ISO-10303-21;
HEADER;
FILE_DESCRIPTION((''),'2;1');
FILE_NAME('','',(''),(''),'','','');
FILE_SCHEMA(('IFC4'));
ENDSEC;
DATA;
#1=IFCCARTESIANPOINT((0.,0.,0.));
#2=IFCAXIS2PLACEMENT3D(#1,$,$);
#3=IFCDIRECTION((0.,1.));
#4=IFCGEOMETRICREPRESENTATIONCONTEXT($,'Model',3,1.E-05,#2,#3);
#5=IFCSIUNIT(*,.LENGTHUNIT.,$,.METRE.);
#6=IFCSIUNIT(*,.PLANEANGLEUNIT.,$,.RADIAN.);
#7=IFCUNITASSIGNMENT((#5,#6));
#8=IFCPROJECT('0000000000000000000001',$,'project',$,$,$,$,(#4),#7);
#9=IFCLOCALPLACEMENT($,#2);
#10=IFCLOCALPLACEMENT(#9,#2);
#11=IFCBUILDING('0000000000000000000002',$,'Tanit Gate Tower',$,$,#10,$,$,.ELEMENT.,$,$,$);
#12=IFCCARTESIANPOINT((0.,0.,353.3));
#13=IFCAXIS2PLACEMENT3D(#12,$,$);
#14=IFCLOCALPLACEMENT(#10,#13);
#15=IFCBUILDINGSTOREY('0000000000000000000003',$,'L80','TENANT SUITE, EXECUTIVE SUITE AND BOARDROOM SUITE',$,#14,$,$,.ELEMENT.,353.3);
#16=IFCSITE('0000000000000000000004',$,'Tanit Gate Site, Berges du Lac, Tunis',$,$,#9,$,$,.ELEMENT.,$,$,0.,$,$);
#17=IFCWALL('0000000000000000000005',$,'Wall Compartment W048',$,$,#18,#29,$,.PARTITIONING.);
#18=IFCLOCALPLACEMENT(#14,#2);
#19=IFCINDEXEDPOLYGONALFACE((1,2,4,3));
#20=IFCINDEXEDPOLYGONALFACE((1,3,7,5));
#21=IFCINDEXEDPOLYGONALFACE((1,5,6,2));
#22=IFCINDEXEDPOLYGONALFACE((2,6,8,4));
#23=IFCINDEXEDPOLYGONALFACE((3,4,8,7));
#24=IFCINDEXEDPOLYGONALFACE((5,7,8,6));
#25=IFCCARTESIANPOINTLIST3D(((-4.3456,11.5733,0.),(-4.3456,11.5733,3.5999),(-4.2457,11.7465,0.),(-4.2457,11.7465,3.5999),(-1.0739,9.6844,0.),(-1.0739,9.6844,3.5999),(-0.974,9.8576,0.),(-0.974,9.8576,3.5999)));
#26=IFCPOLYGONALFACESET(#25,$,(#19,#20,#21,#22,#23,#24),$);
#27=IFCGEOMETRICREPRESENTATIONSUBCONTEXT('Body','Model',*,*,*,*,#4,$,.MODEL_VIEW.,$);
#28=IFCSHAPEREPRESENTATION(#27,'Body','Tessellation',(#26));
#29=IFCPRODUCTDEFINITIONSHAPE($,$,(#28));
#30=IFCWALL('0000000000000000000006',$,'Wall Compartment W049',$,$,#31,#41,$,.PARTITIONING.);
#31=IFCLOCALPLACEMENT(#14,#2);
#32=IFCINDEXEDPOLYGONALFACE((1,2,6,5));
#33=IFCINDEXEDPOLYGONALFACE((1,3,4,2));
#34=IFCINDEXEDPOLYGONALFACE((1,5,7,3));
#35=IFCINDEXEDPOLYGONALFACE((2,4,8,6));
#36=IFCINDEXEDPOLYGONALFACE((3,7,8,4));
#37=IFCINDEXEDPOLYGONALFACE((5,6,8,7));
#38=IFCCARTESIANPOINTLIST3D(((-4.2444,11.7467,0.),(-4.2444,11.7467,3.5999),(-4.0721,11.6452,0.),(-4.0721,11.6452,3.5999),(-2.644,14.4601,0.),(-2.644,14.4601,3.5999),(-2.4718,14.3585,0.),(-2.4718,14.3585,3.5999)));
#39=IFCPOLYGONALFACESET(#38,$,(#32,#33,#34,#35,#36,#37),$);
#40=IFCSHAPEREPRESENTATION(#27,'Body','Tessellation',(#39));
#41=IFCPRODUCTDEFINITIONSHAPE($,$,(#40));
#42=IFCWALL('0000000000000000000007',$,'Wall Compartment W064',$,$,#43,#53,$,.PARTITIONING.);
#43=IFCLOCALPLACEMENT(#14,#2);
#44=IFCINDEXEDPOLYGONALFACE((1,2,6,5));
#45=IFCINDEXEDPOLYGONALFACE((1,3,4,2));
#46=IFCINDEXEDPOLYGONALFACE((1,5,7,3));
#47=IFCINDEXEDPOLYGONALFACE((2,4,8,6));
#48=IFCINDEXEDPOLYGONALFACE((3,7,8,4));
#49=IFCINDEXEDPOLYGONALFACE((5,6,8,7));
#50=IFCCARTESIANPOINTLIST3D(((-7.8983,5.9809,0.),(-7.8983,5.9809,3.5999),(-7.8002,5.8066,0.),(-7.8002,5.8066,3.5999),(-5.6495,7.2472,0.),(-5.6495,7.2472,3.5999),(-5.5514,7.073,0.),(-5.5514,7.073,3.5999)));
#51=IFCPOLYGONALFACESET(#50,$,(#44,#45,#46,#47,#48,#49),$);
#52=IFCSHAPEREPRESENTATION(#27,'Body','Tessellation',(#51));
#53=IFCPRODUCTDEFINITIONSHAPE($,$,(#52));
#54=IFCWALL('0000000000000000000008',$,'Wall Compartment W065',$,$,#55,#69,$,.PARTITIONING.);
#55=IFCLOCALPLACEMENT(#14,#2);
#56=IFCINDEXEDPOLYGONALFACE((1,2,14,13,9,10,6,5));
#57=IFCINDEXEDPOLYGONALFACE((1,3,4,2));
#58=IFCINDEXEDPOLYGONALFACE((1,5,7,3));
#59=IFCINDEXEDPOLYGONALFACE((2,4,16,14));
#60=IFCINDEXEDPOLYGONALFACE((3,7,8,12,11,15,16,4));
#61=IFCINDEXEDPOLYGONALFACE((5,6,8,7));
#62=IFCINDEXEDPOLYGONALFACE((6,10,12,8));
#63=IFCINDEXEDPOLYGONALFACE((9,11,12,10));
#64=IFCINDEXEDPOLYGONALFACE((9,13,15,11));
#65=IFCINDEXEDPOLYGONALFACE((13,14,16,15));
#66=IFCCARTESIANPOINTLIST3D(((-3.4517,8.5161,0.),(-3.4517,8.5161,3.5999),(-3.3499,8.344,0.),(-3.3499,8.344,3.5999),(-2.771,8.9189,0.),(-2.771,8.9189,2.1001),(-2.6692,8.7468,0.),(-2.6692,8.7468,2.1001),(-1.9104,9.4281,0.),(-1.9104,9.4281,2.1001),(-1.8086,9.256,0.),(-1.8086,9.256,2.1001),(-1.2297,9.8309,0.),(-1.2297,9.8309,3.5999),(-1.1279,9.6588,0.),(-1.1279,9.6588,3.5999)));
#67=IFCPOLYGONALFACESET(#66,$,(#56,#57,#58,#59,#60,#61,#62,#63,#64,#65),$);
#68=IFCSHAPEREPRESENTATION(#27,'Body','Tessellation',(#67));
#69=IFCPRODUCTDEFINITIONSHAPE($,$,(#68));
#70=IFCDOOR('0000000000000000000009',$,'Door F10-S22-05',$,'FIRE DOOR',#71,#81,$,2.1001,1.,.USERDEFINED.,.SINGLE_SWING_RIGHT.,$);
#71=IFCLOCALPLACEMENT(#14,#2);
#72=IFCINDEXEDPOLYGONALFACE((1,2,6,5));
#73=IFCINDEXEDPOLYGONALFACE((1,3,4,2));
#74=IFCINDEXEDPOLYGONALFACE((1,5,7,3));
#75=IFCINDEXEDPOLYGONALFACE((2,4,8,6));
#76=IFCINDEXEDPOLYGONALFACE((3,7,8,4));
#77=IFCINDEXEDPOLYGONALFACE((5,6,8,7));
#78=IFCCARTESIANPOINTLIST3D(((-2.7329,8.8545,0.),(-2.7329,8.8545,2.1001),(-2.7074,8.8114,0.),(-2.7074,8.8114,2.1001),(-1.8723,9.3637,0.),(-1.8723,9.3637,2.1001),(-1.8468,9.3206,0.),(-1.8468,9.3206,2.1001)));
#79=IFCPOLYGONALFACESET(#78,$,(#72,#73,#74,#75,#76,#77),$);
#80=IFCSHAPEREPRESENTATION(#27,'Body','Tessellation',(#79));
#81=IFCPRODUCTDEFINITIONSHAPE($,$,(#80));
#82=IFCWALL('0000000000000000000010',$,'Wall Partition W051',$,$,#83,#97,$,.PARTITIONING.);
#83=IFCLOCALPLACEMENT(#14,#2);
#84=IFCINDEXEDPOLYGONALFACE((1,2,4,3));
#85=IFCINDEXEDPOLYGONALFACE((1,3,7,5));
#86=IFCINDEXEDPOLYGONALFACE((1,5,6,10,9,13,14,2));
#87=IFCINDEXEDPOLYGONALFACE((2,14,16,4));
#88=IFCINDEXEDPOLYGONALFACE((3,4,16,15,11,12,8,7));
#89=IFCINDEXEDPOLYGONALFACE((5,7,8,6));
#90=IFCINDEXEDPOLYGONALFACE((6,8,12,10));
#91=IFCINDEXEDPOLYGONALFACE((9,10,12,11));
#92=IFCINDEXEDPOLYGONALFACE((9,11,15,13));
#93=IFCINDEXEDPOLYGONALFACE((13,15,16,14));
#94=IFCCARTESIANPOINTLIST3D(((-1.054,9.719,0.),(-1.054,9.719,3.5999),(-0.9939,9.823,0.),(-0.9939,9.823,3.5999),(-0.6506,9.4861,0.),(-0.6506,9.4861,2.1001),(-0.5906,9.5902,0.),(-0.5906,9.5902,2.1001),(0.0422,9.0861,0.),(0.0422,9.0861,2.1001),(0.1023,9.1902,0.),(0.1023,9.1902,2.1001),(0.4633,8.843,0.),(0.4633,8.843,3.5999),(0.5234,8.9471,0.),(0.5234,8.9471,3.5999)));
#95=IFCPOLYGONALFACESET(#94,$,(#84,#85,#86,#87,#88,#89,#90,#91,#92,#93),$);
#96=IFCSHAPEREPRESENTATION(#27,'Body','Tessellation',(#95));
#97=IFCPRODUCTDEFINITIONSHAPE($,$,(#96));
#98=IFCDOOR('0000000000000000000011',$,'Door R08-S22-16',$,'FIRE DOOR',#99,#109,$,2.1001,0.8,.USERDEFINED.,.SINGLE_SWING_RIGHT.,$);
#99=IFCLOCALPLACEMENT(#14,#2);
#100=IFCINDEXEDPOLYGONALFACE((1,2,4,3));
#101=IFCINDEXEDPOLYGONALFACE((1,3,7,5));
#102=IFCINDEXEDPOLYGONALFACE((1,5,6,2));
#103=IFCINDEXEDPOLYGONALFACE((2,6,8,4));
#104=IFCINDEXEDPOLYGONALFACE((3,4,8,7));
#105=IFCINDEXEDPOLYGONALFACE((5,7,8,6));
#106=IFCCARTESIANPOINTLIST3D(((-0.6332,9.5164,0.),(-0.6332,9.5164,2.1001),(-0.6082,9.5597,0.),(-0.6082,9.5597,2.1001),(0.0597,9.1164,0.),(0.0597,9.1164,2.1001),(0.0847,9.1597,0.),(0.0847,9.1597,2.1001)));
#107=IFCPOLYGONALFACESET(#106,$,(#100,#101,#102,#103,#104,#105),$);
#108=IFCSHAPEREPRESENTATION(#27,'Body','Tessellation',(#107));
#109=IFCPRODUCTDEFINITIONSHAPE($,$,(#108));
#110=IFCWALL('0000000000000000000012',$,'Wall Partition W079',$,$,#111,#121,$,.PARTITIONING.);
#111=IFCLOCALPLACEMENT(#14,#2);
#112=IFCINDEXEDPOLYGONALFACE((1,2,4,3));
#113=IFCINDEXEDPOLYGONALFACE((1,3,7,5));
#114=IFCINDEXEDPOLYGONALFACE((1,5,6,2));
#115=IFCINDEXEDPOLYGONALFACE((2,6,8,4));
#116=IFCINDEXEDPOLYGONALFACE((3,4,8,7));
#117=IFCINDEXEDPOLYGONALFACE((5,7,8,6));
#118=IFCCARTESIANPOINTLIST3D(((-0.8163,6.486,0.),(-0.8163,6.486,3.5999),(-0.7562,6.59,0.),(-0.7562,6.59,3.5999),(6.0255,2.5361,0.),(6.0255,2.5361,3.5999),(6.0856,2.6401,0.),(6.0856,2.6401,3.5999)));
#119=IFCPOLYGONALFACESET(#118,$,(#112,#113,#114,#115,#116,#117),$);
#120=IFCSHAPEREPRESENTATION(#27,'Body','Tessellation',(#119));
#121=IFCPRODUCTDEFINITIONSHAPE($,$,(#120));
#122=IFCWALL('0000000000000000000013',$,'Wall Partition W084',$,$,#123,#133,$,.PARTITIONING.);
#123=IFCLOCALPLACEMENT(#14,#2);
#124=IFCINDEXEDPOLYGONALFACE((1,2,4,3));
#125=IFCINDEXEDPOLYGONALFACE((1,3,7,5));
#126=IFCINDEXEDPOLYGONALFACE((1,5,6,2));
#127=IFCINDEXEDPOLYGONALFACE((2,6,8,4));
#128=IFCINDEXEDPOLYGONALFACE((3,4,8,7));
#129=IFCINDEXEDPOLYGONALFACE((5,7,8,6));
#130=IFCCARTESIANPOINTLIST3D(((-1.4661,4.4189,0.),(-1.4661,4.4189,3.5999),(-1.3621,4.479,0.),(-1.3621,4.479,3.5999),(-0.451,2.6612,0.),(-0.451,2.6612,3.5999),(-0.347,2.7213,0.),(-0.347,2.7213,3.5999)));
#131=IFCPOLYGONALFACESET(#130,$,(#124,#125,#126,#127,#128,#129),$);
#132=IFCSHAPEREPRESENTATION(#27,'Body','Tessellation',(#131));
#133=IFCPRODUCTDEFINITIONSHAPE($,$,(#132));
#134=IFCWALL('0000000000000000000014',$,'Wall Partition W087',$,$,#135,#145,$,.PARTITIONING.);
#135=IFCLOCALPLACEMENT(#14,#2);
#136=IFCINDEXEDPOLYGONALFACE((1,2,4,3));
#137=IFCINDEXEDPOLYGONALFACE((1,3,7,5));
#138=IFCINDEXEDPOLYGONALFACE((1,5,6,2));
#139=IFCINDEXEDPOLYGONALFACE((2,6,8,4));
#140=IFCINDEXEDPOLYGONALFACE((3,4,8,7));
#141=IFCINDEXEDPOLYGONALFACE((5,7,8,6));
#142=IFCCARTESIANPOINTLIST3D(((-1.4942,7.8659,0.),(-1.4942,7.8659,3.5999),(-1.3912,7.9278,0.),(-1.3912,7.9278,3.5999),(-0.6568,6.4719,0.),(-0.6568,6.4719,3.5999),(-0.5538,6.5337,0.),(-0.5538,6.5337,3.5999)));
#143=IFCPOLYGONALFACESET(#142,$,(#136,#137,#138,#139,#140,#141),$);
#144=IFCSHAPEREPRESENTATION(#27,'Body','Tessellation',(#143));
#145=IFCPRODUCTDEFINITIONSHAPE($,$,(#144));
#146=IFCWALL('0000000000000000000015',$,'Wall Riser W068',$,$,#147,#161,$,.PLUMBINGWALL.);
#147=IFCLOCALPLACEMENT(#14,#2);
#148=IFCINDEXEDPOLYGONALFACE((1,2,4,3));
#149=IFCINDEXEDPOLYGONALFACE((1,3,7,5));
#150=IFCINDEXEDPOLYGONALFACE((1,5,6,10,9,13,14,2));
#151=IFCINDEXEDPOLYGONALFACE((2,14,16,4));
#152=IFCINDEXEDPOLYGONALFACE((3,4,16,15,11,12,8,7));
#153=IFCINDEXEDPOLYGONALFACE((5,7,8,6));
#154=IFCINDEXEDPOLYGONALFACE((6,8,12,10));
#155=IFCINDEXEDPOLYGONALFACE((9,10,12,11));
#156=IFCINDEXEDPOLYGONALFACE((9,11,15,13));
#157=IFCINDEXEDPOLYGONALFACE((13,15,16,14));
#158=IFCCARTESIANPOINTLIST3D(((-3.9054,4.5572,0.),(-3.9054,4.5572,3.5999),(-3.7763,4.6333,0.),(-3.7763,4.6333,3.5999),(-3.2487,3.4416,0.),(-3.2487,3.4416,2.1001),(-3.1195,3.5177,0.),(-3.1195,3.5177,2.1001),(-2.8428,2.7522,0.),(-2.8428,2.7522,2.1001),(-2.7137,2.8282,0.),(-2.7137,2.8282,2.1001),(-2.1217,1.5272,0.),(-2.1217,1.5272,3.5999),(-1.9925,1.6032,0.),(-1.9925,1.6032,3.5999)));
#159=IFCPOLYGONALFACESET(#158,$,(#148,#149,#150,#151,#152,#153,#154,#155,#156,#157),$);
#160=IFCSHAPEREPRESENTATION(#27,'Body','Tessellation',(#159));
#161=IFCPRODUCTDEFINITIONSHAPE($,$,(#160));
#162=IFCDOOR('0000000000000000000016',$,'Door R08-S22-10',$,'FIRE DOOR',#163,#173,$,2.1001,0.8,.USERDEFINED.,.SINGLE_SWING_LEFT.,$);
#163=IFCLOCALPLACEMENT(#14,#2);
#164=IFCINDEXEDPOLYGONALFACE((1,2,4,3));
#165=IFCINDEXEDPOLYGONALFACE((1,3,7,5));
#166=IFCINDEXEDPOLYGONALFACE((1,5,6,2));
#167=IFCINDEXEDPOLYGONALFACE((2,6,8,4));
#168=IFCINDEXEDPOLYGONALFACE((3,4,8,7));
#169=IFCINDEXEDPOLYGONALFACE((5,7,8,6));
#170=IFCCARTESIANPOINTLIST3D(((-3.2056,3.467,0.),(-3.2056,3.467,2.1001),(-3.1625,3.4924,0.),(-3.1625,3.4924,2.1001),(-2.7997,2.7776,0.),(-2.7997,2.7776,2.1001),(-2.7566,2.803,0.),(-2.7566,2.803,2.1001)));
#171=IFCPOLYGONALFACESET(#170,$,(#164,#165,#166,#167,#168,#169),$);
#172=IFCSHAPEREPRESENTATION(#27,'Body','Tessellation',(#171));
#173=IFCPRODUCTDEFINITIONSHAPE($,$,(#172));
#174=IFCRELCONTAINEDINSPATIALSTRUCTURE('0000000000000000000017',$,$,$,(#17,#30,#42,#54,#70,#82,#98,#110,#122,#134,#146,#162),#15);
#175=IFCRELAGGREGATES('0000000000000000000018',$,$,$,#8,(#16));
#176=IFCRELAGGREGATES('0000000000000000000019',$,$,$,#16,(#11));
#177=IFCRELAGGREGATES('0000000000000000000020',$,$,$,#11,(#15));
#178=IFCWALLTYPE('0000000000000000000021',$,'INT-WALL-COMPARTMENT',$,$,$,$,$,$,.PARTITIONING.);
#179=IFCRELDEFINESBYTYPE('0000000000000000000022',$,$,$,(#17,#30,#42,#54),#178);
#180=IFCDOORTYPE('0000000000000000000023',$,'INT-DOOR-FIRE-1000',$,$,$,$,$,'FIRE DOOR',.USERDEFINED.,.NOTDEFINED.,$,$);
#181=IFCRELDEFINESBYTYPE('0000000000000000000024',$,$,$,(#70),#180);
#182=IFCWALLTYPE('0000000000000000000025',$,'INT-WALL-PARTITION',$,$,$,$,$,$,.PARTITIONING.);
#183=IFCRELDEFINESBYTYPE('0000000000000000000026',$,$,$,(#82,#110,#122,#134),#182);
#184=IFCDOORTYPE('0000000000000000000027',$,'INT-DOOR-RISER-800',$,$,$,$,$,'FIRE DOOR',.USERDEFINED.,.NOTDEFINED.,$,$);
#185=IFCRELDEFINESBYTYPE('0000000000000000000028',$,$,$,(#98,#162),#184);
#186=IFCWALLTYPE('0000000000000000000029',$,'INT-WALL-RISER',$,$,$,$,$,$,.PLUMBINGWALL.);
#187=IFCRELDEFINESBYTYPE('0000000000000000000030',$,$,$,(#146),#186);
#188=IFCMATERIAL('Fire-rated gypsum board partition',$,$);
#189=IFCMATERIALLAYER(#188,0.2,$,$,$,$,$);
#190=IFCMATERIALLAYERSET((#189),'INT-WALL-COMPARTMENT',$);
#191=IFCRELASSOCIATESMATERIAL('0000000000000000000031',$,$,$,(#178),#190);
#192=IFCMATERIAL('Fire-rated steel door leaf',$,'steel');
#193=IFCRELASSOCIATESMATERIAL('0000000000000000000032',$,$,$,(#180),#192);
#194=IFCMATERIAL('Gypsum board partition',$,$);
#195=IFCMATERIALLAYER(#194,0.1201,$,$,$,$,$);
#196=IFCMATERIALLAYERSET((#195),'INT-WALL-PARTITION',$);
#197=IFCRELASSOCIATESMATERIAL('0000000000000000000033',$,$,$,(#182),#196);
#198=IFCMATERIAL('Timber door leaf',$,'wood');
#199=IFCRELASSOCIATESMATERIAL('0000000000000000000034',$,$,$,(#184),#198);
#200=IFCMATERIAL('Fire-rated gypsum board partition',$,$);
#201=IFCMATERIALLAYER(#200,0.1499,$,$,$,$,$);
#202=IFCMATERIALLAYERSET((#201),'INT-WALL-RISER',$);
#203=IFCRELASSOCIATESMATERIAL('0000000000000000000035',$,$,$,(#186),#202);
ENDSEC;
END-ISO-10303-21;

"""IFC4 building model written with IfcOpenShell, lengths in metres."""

from ifc_helpers import new_model, si_unit, direction, frame, frame_2d, origin, place, context, subcontext, project, spatial, rectangle, extrude, material, layer, layer_set, type_object, element, fill, save


model = new_model("IFC4")

# Units and contexts
model_context = context("Model", 3, precision=1e-05, world=origin(), true_north=direction((0.0, 1.0)))
body_context = subcontext(model_context, "Body", "Model", "MODEL_VIEW")
ifc_project = project(units=[si_unit("LENGTHUNIT", "METRE"), si_unit("PLANEANGLEUNIT", "RADIAN")], contexts=[model_context])

# Site, building, storey
site_placement = place(None, origin())
site = spatial("IfcSite", under=ifc_project, at=site_placement, Name="Tanit Gate Site, Berges du Lac, Tunis", CompositionType="ELEMENT", RefElevation=0.0)
building_placement = place(site_placement, origin())
building = spatial("IfcBuilding", under=site, at=building_placement, Name="Tanit Gate Tower", CompositionType="ELEMENT")
storey_placement = place(building_placement, frame((0.0, 0.0, 353.3)))
storey = spatial("IfcBuildingStorey", under=building, at=storey_placement, Name="L80", Description="TENANT SUITE, EXECUTIVE SUITE AND BOARDROOM SUITE", CompositionType="ELEMENT", Elevation=353.3)

# Walls
ifc_material_1 = material(Name="Fire-rated gypsum board partition")
ifc_layer_1 = layer(ifc_material_1, 0.2)
ifc_layer_set_1 = layer_set([ifc_layer_1], Name="INT-WALL-COMPARTMENT")
wall_type_1 = type_object("IfcWallType", Name="INT-WALL-COMPARTMENT", PredefinedType="PARTITIONING", material=ifc_layer_set_1)
wall_1_placement = place(storey_placement, frame((-4.2957, 11.6599, 0.0), z_axis=(0.0, 0.0, 1.0), x_axis=(0.866027, -0.499997, 0.0)))
element("IfcWall", 1, at=wall_1_placement, inside=storey, type_object=wall_type_1, Name="Wall Compartment W048", PredefinedType="PARTITIONING", context=body_context, shape_type="SweptSolid", body=[
    extrude(rectangle(XDim=3.7778, YDim=0.2, at=frame_2d((1.8889, 0.0))), origin(), (0.0, 0.0, 1.0), 3.5999),
])
wall_2_placement = place(storey_placement, frame((-2.5579, 14.4094, 0.0), z_axis=(0.0, 0.0, 1.0), x_axis=(-0.508019, -0.861346, 0.0)))
element("IfcWall", 2, at=wall_2_placement, inside=storey, type_object=wall_type_1, Name="Wall Compartment W049", PredefinedType="PARTITIONING", context=body_context, shape_type="SweptSolid", body=[
    extrude(rectangle(XDim=3.1501, YDim=0.2, at=frame_2d((1.5752, 0.0))), origin(), (0.0, 0.0, 1.0), 3.5999),
])
wall_3_placement = place(storey_placement, frame((-5.6003, 7.1602, 0.0), z_axis=(0.0, 0.0, 1.0), x_axis=(-0.87134, -0.490679, 0.0)))
element("IfcWall", 3, at=wall_3_placement, inside=storey, type_object=wall_type_1, Name="Wall Compartment W064", PredefinedType="PARTITIONING", context=body_context, shape_type="SweptSolid", body=[
    extrude(rectangle(XDim=2.5808, YDim=0.2, at=frame_2d((1.2905, 0.0))), origin(), (0.0, 0.0, 1.0), 3.5999),
])

# Walls, openings, doors
wall_4_placement = place(storey_placement, frame((-1.1787, 9.7449, 0.0), z_axis=(0.0, 0.0, 1.0), x_axis=(-0.860631, -0.509229, 0.0)))
wall_4 = element("IfcWall", 4, at=wall_4_placement, inside=storey, type_object=wall_type_1, Name="Wall Compartment W065", PredefinedType="PARTITIONING", context=body_context, shape_type="SweptSolid", body=[
    extrude(rectangle(XDim=2.5818, YDim=0.2, at=frame_2d((1.291, 0.0))), origin(), (0.0, 0.0, 1.0), 3.5999),
])
opening_1_placement = place(wall_4_placement, frame((0.791, 0.0, 0.0)))
opening_1 = element("IfcOpeningElement", 5, at=opening_1_placement, cuts=wall_4, PredefinedType="OPENING", context=body_context, shape_type="SweptSolid", body=[
    extrude(rectangle(XDim=1.0, YDim=2.1001, at=frame_2d((0.5, 1.05))), frame((0.0, 0.1099, 0.0), z_axis=(0.0, -1.0, 0.0), x_axis=(1.0, 0.0, 0.0)), (0.0, 0.0, 1.0), 0.22),
])
ifc_material_2 = material(Name="Fire-rated steel door leaf", Category="steel")
door_type_1 = type_object("IfcDoorType", Name="INT-DOOR-FIRE-1000", ElementType="FIRE DOOR", OperationType="NOTDEFINED", PredefinedType="USERDEFINED", material=ifc_material_2)
door_1_placement = place(opening_1_placement, origin())
door_1 = element("IfcDoor", 6, at=door_1_placement, inside=storey, type_object=door_type_1, Name="Door F10-S22-05", ObjectType="FIRE DOOR", OperationType="SINGLE_SWING_RIGHT", OverallHeight=2.1001, OverallWidth=1.0, PredefinedType="USERDEFINED", context=body_context, shape_type="SweptSolid", body=[
    extrude(rectangle(XDim=1.0, YDim=2.1001, at=frame_2d((0.5, 1.05))), frame((0.0, 0.0249, 0.0), z_axis=(0.0, -1.0, 0.0), x_axis=(1.0, 0.0, 0.0)), (0.0, 0.0, 1.0), 0.05),
])
fill(opening_1, door_1)
ifc_material_3 = material(Name="Gypsum board partition")
ifc_layer_2 = layer(ifc_material_3, 0.1201)
ifc_layer_set_2 = layer_set([ifc_layer_2], Name="INT-WALL-PARTITION")
wall_type_2 = type_object("IfcWallType", Name="INT-WALL-PARTITION", PredefinedType="PARTITIONING", material=ifc_layer_set_2)
wall_5_placement = place(storey_placement, frame((-1.0239, 9.771, 0.0), z_axis=(0.0, 0.0, 1.0), x_axis=(0.866039, -0.499976, 0.0)))
wall_5 = element("IfcWall", 7, at=wall_5_placement, inside=storey, type_object=wall_type_2, Name="Wall Partition W051", PredefinedType="PARTITIONING", context=body_context, shape_type="SweptSolid", body=[
    extrude(rectangle(XDim=1.752, YDim=0.1201, at=frame_2d((0.876, 0.0))), origin(), (0.0, 0.0, 1.0), 3.5999),
])
opening_2_placement = place(wall_5_placement, frame((0.4658, 0.0, 0.0)))
opening_2 = element("IfcOpeningElement", 8, at=opening_2_placement, cuts=wall_5, PredefinedType="OPENING", context=body_context, shape_type="SweptSolid", body=[
    extrude(rectangle(XDim=0.8, YDim=2.1001, at=frame_2d((0.3999, 1.05))), frame((0.0, 0.0701, 0.0), z_axis=(0.0, -1.0, 0.0), x_axis=(1.0, 0.0, 0.0)), (0.0, 0.0, 1.0), 0.1401),
])
ifc_material_4 = material(Name="Timber door leaf", Category="wood")
door_type_2 = type_object("IfcDoorType", Name="INT-DOOR-RISER-800", ElementType="FIRE DOOR", OperationType="NOTDEFINED", PredefinedType="USERDEFINED", material=ifc_material_4)
door_2_placement = place(opening_2_placement, origin())
door_2 = element("IfcDoor", 9, at=door_2_placement, inside=storey, type_object=door_type_2, Name="Door R08-S22-16", ObjectType="FIRE DOOR", OperationType="SINGLE_SWING_RIGHT", OverallHeight=2.1001, OverallWidth=0.8, PredefinedType="USERDEFINED", context=body_context, shape_type="SweptSolid", body=[
    extrude(rectangle(XDim=0.8, YDim=2.1001, at=frame_2d((0.3999, 1.05))), frame((0.0, 0.0249, 0.0), z_axis=(0.0, -1.0, 0.0), x_axis=(1.0, 0.0, 0.0)), (0.0, 0.0, 1.0), 0.05),
])
fill(opening_2, door_2)

# Walls
wall_6_placement = place(storey_placement, frame((-0.7864, 6.5381, 0.0), z_axis=(0.0, 0.0, 1.0), x_axis=(0.866034, -0.499985, 0.0)))
element("IfcWall", 10, at=wall_6_placement, inside=storey, type_object=wall_type_2, Name="Wall Partition W079", PredefinedType="PARTITIONING", context=body_context, shape_type="SweptSolid", body=[
    extrude(rectangle(XDim=7.9001, YDim=0.1201, at=frame_2d((3.9502, 0.0))), origin(), (0.0, 0.0, 1.0), 3.5999),
])
wall_7_placement = place(storey_placement, frame((-1.4141, 4.449, 0.0), z_axis=(0.0, 0.0, 1.0), x_axis=(0.500097, -0.865969, 0.0)))
element("IfcWall", 11, at=wall_7_placement, inside=storey, type_object=wall_type_2, Name="Wall Partition W084", PredefinedType="PARTITIONING", context=body_context, shape_type="SweptSolid", body=[
    extrude(rectangle(XDim=2.0298, YDim=0.1201, at=frame_2d((1.0149, 0.0))), origin(), (0.0, 0.0, 1.0), 3.5999),
])
wall_8_placement = place(storey_placement, frame((-1.4426, 7.8967, 0.0), z_axis=(0.0, 0.0, 1.0), x_axis=(0.514937, -0.857228, 0.0)))
element("IfcWall", 12, at=wall_8_placement, inside=storey, type_object=wall_type_2, Name="Wall Partition W087", PredefinedType="PARTITIONING", context=body_context, shape_type="SweptSolid", body=[
    extrude(rectangle(XDim=1.6262, YDim=0.1201, at=frame_2d((0.813, 0.0))), origin(), (0.0, 0.0, 1.0), 3.5999),
])

# Wall, opening, door
ifc_material_5 = material(Name="Fire-rated gypsum board partition")
ifc_layer_3 = layer(ifc_material_5, 0.1499)
ifc_layer_set_3 = layer_set([ifc_layer_3], Name="INT-WALL-RISER")
wall_type_3 = type_object("IfcWallType", Name="INT-WALL-RISER", PredefinedType="PLUMBINGWALL", material=ifc_layer_set_3)
wall_9_placement = place(storey_placement, frame((-2.0571, 1.5652, 0.0), z_axis=(0.0, 0.0, 1.0), x_axis=(-0.507299, 0.86177, 0.0)))
wall_9 = element("IfcWall", 13, at=wall_9_placement, inside=storey, type_object=wall_type_3, Name="Wall Riser W068", PredefinedType="PLUMBINGWALL", context=body_context, shape_type="SweptSolid", body=[
    extrude(rectangle(XDim=3.5161, YDim=0.1499, at=frame_2d((1.7581, 0.0))), origin(), (0.0, 0.0, 1.0), 3.5999),
])
opening_3_placement = place(wall_9_placement, frame((1.4216, 0.0, 0.0)))
opening_3 = element("IfcOpeningElement", 14, at=opening_3_placement, cuts=wall_9, PredefinedType="OPENING", context=body_context, shape_type="SweptSolid", body=[
    extrude(rectangle(XDim=0.8, YDim=2.1001, at=frame_2d((0.3999, 1.05))), frame((0.0, 0.085, 0.0), z_axis=(0.0, -1.0, 0.0), x_axis=(1.0, 0.0, 0.0)), (0.0, 0.0, 1.0), 0.1699),
])
door_3_placement = place(opening_3_placement, origin())
door_3 = element("IfcDoor", 15, at=door_3_placement, inside=storey, type_object=door_type_2, Name="Door R08-S22-10", ObjectType="FIRE DOOR", OperationType="SINGLE_SWING_LEFT", OverallHeight=2.1001, OverallWidth=0.8, PredefinedType="USERDEFINED", context=body_context, shape_type="SweptSolid", body=[
    extrude(rectangle(XDim=0.8, YDim=2.1001, at=frame_2d((0.3999, 1.05))), frame((0.0, 0.0249, 0.0), z_axis=(0.0, -1.0, 0.0), x_axis=(1.0, 0.0, 0.0)), (0.0, 0.0, 1.0), 0.05),
])
fill(opening_3, door_3)

save(model, "model.ifc")
